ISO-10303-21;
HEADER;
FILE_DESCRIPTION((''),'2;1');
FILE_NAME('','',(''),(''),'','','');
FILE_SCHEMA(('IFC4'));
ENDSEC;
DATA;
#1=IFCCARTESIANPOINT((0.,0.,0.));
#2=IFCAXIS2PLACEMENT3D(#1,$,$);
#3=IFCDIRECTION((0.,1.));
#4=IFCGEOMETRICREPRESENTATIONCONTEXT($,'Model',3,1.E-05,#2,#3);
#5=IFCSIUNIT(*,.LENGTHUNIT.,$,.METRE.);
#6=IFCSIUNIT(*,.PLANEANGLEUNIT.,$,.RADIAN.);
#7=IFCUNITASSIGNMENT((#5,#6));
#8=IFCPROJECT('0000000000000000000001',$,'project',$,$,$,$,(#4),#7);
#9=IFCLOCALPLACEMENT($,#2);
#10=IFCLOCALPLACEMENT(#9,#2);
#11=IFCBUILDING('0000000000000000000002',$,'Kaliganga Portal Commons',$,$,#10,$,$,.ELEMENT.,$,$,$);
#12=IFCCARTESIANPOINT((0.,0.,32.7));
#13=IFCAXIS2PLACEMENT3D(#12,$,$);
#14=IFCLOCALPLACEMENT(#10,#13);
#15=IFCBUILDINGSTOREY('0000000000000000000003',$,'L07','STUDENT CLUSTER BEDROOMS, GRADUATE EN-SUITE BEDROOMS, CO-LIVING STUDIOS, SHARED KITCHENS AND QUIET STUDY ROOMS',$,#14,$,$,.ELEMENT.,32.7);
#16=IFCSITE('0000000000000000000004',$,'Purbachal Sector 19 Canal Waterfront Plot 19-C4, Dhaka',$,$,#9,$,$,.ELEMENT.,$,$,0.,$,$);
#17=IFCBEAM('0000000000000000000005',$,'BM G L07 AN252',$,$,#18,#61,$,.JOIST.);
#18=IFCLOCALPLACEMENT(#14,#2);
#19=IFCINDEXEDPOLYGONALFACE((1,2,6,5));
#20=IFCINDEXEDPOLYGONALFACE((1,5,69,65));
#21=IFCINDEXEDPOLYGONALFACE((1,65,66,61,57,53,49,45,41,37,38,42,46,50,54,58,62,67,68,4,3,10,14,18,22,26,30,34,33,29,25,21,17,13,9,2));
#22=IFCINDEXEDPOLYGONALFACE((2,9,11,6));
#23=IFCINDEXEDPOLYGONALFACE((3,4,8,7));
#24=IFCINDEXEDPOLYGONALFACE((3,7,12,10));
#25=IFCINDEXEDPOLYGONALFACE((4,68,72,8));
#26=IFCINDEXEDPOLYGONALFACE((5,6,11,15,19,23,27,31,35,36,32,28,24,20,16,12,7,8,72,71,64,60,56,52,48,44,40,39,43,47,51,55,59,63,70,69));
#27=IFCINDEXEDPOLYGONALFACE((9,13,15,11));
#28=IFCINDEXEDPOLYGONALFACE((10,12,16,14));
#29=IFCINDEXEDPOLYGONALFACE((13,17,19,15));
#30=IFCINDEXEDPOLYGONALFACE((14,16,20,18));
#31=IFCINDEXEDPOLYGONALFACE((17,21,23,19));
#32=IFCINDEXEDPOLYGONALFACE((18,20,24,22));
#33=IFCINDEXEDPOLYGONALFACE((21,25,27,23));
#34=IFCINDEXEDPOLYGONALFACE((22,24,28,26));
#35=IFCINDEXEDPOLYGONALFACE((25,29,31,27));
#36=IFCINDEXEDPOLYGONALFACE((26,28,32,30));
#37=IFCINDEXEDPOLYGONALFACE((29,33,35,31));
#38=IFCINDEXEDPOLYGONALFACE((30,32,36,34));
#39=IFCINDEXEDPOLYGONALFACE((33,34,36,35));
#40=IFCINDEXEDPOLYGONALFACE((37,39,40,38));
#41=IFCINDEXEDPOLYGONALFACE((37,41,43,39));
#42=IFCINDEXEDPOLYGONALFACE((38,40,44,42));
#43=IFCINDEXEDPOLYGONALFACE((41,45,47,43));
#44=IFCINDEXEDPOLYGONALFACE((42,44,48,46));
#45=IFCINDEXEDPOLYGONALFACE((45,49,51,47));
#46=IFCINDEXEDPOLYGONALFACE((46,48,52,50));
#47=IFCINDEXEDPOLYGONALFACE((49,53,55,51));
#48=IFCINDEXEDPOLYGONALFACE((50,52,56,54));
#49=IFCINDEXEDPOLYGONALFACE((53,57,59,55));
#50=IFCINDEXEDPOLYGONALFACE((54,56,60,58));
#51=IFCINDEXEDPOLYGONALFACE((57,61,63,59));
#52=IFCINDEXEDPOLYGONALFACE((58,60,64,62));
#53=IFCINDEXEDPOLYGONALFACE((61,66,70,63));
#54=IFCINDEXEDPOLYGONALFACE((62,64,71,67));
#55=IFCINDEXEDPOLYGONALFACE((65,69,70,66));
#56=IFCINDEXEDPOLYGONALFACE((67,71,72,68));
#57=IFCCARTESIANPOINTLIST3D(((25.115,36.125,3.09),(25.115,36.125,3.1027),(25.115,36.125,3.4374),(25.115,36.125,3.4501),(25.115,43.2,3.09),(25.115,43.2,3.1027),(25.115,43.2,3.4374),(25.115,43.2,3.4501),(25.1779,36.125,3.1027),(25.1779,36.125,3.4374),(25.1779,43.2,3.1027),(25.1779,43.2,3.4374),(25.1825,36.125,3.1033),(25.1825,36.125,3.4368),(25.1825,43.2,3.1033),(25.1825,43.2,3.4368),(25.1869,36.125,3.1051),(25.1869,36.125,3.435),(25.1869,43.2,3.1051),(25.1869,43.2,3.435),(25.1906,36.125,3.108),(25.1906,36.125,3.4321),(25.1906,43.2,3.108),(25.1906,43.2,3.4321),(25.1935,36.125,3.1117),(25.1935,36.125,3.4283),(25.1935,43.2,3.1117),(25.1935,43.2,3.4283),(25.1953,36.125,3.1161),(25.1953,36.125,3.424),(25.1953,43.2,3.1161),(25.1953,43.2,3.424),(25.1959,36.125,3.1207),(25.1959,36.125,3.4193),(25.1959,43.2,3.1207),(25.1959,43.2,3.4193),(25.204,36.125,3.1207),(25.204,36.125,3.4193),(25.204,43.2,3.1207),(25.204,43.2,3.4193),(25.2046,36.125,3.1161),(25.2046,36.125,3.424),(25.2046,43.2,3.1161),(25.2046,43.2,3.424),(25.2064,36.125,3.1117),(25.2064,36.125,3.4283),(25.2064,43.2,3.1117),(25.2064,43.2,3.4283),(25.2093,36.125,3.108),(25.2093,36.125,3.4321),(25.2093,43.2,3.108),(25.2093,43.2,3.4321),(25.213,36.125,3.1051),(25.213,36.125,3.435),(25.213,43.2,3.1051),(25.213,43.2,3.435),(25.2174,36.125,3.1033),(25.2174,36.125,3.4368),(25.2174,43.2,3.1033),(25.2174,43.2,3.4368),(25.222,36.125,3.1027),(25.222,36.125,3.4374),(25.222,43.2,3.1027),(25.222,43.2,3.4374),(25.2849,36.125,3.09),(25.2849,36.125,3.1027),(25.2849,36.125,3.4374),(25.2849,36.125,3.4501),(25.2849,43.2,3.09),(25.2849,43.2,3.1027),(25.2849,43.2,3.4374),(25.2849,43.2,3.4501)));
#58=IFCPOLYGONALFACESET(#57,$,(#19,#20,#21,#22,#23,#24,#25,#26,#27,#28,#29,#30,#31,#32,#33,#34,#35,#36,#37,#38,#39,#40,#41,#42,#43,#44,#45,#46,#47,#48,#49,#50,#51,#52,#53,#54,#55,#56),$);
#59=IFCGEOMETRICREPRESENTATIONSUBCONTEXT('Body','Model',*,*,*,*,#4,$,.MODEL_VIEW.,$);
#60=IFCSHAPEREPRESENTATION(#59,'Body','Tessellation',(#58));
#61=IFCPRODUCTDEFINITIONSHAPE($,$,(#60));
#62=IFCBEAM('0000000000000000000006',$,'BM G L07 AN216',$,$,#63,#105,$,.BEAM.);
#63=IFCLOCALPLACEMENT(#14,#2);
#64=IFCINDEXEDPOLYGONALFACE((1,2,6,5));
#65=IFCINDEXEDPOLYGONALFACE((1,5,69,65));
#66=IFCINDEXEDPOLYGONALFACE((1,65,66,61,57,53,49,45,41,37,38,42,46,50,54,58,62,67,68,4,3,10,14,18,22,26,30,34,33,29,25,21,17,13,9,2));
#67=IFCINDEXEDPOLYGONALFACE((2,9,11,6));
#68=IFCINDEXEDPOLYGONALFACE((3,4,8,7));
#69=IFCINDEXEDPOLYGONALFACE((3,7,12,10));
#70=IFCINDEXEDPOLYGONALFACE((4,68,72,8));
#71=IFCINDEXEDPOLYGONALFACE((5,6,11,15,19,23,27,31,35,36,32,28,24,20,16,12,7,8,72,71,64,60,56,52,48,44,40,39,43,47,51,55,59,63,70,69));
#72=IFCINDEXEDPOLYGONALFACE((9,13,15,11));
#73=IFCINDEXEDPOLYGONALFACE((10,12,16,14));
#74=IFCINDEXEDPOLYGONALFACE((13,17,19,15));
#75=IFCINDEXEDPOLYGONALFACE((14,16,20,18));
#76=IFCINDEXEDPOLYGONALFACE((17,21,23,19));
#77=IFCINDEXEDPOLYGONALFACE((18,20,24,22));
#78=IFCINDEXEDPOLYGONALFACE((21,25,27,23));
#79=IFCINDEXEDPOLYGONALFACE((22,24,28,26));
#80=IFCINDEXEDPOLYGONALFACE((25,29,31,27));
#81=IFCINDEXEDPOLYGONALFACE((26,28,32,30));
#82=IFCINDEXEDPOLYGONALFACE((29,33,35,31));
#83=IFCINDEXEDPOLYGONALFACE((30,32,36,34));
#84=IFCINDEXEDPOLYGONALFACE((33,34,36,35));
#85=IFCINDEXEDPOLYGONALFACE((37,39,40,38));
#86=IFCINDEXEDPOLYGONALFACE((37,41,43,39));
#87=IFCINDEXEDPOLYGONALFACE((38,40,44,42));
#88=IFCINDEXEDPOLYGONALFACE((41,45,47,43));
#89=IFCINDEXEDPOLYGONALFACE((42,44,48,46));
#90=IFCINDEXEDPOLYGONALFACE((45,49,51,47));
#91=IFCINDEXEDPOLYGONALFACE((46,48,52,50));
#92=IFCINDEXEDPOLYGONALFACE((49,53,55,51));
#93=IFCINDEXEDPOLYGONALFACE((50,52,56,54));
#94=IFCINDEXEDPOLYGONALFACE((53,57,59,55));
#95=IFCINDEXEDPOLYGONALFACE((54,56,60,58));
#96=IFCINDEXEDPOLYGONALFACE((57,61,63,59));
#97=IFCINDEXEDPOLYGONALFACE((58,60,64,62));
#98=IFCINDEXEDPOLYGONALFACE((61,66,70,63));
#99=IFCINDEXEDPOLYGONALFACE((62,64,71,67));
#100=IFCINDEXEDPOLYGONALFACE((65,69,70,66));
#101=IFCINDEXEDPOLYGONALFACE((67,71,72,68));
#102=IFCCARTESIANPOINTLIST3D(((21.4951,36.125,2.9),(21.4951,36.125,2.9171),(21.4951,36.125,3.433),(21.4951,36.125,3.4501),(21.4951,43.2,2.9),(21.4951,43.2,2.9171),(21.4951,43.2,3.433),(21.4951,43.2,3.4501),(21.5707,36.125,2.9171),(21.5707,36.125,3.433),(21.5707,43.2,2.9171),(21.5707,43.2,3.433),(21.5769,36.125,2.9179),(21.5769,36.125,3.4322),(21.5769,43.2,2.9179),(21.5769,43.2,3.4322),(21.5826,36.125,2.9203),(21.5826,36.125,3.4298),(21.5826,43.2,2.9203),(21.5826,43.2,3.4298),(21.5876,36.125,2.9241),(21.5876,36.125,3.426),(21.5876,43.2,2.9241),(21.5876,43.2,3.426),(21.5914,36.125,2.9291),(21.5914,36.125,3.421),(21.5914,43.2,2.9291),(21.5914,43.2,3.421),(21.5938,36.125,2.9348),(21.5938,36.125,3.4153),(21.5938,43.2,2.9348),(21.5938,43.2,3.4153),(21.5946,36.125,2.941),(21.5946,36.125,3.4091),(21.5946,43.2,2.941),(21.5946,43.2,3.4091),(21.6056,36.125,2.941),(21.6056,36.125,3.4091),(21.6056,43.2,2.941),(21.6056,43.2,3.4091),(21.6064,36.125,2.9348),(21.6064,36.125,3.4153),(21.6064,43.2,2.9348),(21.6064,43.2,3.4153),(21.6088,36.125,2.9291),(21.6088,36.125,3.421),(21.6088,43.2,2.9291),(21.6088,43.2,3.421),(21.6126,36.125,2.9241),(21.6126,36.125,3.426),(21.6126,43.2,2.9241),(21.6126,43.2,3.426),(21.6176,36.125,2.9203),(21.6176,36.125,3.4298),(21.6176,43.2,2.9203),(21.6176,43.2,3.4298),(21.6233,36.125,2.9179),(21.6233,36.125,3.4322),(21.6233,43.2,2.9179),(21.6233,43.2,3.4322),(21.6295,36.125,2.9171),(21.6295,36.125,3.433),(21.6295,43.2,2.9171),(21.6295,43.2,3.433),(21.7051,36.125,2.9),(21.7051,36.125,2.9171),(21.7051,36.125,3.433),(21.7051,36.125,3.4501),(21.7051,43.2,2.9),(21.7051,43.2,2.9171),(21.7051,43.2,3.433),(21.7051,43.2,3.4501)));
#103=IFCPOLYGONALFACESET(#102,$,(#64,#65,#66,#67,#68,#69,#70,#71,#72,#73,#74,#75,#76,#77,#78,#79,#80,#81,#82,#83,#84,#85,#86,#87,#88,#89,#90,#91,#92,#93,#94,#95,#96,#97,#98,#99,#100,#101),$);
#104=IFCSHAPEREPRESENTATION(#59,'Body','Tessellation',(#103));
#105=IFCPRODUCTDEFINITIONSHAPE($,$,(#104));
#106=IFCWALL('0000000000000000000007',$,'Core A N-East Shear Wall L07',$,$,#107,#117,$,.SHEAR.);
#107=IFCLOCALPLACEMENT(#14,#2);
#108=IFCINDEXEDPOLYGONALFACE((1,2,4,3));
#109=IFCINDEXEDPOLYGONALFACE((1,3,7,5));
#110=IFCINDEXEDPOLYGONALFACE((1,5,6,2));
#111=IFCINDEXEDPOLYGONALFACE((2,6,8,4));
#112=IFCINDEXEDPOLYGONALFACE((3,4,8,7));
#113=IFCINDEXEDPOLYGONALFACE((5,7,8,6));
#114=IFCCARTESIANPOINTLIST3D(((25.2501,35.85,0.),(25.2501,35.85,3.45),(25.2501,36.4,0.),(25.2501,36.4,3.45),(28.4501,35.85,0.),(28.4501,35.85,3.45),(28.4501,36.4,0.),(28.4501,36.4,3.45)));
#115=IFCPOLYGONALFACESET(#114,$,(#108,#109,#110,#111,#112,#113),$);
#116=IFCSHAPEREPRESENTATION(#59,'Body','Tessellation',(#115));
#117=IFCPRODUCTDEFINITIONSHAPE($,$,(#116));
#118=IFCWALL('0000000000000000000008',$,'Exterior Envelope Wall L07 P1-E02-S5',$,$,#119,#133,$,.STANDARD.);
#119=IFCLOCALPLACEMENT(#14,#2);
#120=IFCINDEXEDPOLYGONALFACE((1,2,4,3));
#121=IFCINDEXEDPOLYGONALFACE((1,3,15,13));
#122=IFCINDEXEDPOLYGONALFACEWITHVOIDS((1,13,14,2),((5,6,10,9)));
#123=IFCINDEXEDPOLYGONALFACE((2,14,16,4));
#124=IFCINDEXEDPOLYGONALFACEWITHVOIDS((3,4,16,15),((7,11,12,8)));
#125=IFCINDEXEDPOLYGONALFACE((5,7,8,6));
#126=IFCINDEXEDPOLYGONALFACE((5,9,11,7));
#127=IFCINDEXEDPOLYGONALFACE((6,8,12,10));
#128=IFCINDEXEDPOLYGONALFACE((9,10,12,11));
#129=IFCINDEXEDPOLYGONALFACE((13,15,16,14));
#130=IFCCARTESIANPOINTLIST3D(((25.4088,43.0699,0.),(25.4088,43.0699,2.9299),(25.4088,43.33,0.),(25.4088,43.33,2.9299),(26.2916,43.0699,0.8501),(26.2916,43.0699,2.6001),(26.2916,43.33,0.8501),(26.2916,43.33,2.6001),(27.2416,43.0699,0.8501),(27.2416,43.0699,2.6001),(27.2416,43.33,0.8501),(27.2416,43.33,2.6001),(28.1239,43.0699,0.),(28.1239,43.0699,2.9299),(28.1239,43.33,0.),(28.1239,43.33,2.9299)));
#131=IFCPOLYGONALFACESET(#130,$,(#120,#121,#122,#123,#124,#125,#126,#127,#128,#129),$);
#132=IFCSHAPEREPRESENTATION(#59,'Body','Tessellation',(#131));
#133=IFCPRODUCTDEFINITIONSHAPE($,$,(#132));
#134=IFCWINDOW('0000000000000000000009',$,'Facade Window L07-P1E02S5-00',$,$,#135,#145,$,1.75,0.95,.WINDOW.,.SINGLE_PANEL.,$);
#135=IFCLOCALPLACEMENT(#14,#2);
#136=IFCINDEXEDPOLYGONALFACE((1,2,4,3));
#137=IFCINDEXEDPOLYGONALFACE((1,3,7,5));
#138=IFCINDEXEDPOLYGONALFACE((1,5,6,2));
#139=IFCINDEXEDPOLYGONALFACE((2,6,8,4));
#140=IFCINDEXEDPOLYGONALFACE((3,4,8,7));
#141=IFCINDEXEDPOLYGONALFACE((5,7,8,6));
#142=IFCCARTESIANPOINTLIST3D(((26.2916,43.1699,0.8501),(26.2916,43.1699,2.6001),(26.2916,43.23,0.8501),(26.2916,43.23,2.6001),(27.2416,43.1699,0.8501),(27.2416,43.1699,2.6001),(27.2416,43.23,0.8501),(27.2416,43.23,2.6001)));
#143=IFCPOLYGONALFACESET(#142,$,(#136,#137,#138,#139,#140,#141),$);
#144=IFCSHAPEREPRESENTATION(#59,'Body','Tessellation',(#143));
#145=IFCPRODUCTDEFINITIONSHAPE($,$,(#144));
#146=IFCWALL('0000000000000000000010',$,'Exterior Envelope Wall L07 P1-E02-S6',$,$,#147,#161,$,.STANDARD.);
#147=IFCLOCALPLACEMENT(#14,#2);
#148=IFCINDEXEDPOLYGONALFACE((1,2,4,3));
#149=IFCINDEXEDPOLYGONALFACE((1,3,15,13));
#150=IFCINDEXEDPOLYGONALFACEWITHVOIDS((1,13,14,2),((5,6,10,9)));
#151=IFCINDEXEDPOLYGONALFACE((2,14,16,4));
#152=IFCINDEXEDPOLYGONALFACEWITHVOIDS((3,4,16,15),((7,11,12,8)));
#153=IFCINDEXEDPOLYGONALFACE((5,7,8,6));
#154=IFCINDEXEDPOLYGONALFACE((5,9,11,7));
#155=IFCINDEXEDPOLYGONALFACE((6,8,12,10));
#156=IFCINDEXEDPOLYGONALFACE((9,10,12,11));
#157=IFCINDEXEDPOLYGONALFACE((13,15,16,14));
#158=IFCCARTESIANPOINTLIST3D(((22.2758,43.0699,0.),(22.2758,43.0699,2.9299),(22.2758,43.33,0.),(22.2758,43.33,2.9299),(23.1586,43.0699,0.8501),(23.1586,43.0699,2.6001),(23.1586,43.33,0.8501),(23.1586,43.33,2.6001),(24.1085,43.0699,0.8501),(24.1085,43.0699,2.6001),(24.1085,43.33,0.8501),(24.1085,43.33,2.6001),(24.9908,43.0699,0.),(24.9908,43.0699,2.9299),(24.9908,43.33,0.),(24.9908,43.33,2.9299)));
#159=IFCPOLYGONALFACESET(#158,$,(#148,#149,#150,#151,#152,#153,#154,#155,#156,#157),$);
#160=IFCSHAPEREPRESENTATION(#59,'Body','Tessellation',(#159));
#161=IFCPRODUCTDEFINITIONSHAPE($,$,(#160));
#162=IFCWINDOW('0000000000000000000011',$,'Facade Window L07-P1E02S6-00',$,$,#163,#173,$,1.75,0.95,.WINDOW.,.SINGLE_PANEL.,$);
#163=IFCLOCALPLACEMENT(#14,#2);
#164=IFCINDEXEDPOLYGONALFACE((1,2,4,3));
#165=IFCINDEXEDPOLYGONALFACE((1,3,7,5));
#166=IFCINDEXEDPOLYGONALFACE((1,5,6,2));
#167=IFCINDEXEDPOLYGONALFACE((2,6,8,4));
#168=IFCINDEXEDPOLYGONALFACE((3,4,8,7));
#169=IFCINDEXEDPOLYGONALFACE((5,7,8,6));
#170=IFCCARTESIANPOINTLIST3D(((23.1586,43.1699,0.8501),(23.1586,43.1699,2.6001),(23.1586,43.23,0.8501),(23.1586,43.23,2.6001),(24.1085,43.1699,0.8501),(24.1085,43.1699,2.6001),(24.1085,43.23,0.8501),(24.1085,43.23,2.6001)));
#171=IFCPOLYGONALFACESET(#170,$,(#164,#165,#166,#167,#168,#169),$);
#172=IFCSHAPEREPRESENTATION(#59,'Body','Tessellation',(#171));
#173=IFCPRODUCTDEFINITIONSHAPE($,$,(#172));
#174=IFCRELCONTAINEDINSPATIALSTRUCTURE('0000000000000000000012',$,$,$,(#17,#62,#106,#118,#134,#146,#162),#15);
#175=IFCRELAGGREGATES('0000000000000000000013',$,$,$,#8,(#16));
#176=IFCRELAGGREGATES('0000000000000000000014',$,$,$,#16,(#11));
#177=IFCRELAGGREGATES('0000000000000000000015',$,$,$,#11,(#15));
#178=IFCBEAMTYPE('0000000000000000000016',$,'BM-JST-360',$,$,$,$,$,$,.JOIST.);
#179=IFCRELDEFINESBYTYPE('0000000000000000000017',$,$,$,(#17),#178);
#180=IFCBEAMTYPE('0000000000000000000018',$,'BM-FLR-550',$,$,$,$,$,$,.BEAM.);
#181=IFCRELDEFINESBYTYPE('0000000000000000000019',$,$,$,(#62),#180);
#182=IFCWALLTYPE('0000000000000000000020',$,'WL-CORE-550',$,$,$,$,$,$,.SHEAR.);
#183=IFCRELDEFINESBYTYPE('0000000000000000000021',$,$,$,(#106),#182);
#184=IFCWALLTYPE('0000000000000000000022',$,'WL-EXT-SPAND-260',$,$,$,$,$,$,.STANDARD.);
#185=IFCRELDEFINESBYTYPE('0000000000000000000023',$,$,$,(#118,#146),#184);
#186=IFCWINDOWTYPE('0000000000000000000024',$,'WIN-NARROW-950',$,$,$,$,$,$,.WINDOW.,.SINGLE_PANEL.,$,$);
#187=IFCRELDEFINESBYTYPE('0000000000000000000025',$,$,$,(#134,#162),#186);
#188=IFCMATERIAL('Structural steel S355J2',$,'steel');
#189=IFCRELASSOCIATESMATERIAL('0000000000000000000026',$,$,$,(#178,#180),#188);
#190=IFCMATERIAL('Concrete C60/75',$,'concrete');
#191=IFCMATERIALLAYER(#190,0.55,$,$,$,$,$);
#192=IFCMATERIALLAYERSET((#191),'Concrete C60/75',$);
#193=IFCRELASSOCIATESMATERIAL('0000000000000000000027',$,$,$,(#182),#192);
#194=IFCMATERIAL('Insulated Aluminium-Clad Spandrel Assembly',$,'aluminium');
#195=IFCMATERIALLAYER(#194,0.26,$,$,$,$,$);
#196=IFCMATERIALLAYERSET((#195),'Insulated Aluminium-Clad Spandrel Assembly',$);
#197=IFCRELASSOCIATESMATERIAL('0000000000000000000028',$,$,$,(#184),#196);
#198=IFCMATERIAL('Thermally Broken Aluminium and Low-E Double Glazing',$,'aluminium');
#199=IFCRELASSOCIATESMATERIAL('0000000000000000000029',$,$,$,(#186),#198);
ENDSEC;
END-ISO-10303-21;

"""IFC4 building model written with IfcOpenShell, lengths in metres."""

from ifc_helpers import new_model, si_unit, direction, frame, frame_2d, origin, origin_2d, place, context, subcontext, project, spatial, rectangle, i_section, extrude, source, transform, mapped, material, layer, layer_set, material_profile, profile_set, type_object, element, fill, save


model = new_model("IFC4")

# Units and contexts
model_context = context("Model", 3, precision=1e-05, world=origin(), true_north=direction((0.0, 1.0)))
body_context = subcontext(model_context, "Body", "Model", "MODEL_VIEW")
ifc_project = project(units=[si_unit("LENGTHUNIT", "METRE"), si_unit("PLANEANGLEUNIT", "RADIAN")], contexts=[model_context])

# Site, building, storey
site_placement = place(None, origin())
site = spatial("IfcSite", under=ifc_project, at=site_placement, Name="Purbachal Sector 19 Canal Waterfront Plot 19-C4, Dhaka", CompositionType="ELEMENT", RefElevation=0.0)
building_placement = place(site_placement, origin())
building = spatial("IfcBuilding", under=site, at=building_placement, Name="Kaliganga Portal Commons", CompositionType="ELEMENT")
storey_placement = place(building_placement, frame((0.0, 0.0, 32.7)))
storey = spatial("IfcBuildingStorey", under=building, at=storey_placement, Name="L07", Description="STUDENT CLUSTER BEDROOMS, GRADUATE EN-SUITE BEDROOMS, CO-LIVING STUDIOS, SHARED KITCHENS AND QUIET STUDY ROOMS", CompositionType="ELEMENT", Elevation=32.7)

# Beams
ifc_material_1 = material(Name="Structural steel S355J2", Category="steel")
ifc_material_profile_1 = material_profile(ifc_material_1, i_section(OverallWidth=0.1699, OverallDepth=0.3601, WebThickness=0.0081, FlangeThickness=0.0127, FilletRadius=0.0181, at=origin_2d()), Name="IPE 360")
ifc_profile_set_1 = profile_set([ifc_material_profile_1], Name="Structural steel S355J2 wide-flange")
beam_type_1 = type_object("IfcBeamType", Name="BM-JST-360", PredefinedType="JOIST", material=ifc_profile_set_1)
shared_shape_1 = source(origin(), body_context, "Body", "SweptSolid", [
    extrude(i_section(OverallWidth=0.1699, OverallDepth=0.3601, WebThickness=0.0081, FlangeThickness=0.0127, FilletRadius=0.0181, at=origin_2d()), origin(), (0.0, 0.0, 1.0), 7.075),
])
beam_1_placement = place(storey_placement, frame((25.2, 36.125, 3.27), z_axis=(0.0, 1.0, 0.0), x_axis=(-1.0, 0.0, 0.0)))
element("IfcBeam", 1, at=beam_1_placement, inside=storey, type_object=beam_type_1, Name="BM G L07 AN252", PredefinedType="JOIST", context=body_context, shape_type="MappedRepresentation", body=[
    mapped(shared_shape_1, transform((0.0, 0.0, 0.0), x_axis=(1.0, 0.0, 0.0), y_axis=(0.0, 1.0, 0.0), z_axis=(0.0, 0.0, 1.0), scale=1.0)),
])
ifc_material_profile_2 = material_profile(ifc_material_1, i_section(OverallWidth=0.21, OverallDepth=0.55, WebThickness=0.011, FlangeThickness=0.0171, FilletRadius=0.0239, at=origin_2d()), Name="IPE 550")
ifc_profile_set_2 = profile_set([ifc_material_profile_2], Name="Structural steel S355J2 wide-flange")
beam_type_2 = type_object("IfcBeamType", Name="BM-FLR-550", PredefinedType="BEAM", material=ifc_profile_set_2)
shared_shape_2 = source(origin(), body_context, "Body", "SweptSolid", [
    extrude(i_section(OverallWidth=0.21, OverallDepth=0.55, WebThickness=0.011, FlangeThickness=0.0171, FilletRadius=0.0239, at=origin_2d()), origin(), (0.0, 0.0, 1.0), 7.075),
])
beam_2_placement = place(storey_placement, frame((21.6001, 36.125, 3.175), z_axis=(0.0, 1.0, 0.0), x_axis=(-1.0, 0.0, 0.0)))
element("IfcBeam", 2, at=beam_2_placement, inside=storey, type_object=beam_type_2, Name="BM G L07 AN216", PredefinedType="BEAM", context=body_context, shape_type="MappedRepresentation", body=[
    mapped(shared_shape_2, transform((0.0, 0.0, 0.0), x_axis=(1.0, 0.0, 0.0), y_axis=(0.0, 1.0, 0.0), z_axis=(0.0, 0.0, 1.0), scale=1.0)),
])

# Wall
ifc_material_2 = material(Name="Concrete C60/75", Category="concrete")
ifc_layer_1 = layer(ifc_material_2, 0.55)
ifc_layer_set_1 = layer_set([ifc_layer_1], Name="Concrete C60/75")
wall_type_1 = type_object("IfcWallType", Name="WL-CORE-550", PredefinedType="SHEAR", material=ifc_layer_set_1)
wall_1_placement = place(storey_placement, frame((25.25, 36.125, 0.0), z_axis=(0.0, 0.0, 1.0), x_axis=(1.0, 0.0, 0.0)))
element("IfcWall", 3, at=wall_1_placement, inside=storey, type_object=wall_type_1, Name="Core A N-East Shear Wall L07", PredefinedType="SHEAR", context=body_context, shape_type="SweptSolid", body=[
    extrude(rectangle(XDim=3.2, YDim=0.55, at=frame_2d((1.6001, 0.0))), origin(), (0.0, 0.0, 1.0), 3.45),
])

# Walls, openings, windows
ifc_material_3 = material(Name="Insulated Aluminium-Clad Spandrel Assembly", Category="aluminium")
ifc_layer_2 = layer(ifc_material_3, 0.26)
ifc_layer_set_2 = layer_set([ifc_layer_2], Name="Insulated Aluminium-Clad Spandrel Assembly")
wall_type_2 = type_object("IfcWallType", Name="WL-EXT-SPAND-260", PredefinedType="STANDARD", material=ifc_layer_set_2)
wall_2_placement = place(storey_placement, frame((25.4089, 43.2, 0.0), z_axis=(0.0, 0.0, 1.0), x_axis=(1.0, 0.0, 0.0)))
wall_2 = element("IfcWall", 4, at=wall_2_placement, inside=storey, type_object=wall_type_2, Name="Exterior Envelope Wall L07 P1-E02-S5", PredefinedType="STANDARD", context=body_context, shape_type="SweptSolid", body=[
    extrude(rectangle(XDim=2.7151, YDim=0.26, at=frame_2d((1.3574, 0.0))), origin(), (0.0, 0.0, 1.0), 2.9299),
])
opening_1_placement = place(wall_2_placement, frame((0.8826, 0.0, 0.8501)))
opening_1 = element("IfcOpeningElement", 5, at=opening_1_placement, cuts=wall_2, PredefinedType="OPENING", context=body_context, shape_type="SweptSolid", body=[
    extrude(rectangle(XDim=0.95, YDim=1.75, at=frame_2d((0.4751, 0.875))), frame((0.0, 0.1401, 0.0), z_axis=(0.0, -1.0, 0.0), x_axis=(1.0, 0.0, 0.0)), (0.0, 0.0, 1.0), 0.28),
])
ifc_material_4 = material(Name="Thermally Broken Aluminium and Low-E Double Glazing", Category="aluminium")
window_type = type_object("IfcWindowType", Name="WIN-NARROW-950", PartitioningType="SINGLE_PANEL", PredefinedType="WINDOW", material=ifc_material_4)
window_1_placement = place(opening_1_placement, origin())
window_1 = element("IfcWindow", 6, at=window_1_placement, inside=storey, type_object=window_type, Name="Facade Window L07-P1E02S5-00", OverallHeight=1.75, OverallWidth=0.95, PartitioningType="SINGLE_PANEL", PredefinedType="WINDOW", context=body_context, shape_type="SweptSolid", body=[
    extrude(rectangle(XDim=0.95, YDim=1.75, at=frame_2d((0.4751, 0.875))), frame((0.0, 0.03, 0.0), z_axis=(0.0, -1.0, 0.0), x_axis=(1.0, 0.0, 0.0)), (0.0, 0.0, 1.0), 0.0601),
])
fill(opening_1, window_1)
wall_3_placement = place(storey_placement, frame((22.2759, 43.2, 0.0), z_axis=(0.0, 0.0, 1.0), x_axis=(1.0, 0.0, 0.0)))
wall_3 = element("IfcWall", 7, at=wall_3_placement, inside=storey, type_object=wall_type_2, Name="Exterior Envelope Wall L07 P1-E02-S6", PredefinedType="STANDARD", context=body_context, shape_type="SweptSolid", body=[
    extrude(rectangle(XDim=2.7151, YDim=0.26, at=frame_2d((1.3574, 0.0))), origin(), (0.0, 0.0, 1.0), 2.9299),
])
opening_2_placement = place(wall_3_placement, frame((0.8826, 0.0, 0.8501)))
opening_2 = element("IfcOpeningElement", 8, at=opening_2_placement, cuts=wall_3, PredefinedType="OPENING", context=body_context, shape_type="SweptSolid", body=[
    extrude(rectangle(XDim=0.95, YDim=1.75, at=frame_2d((0.4751, 0.875))), frame((0.0, 0.1401, 0.0), z_axis=(0.0, -1.0, 0.0), x_axis=(1.0, 0.0, 0.0)), (0.0, 0.0, 1.0), 0.28),
])
window_2_placement = place(opening_2_placement, origin())
window_2 = element("IfcWindow", 9, at=window_2_placement, inside=storey, type_object=window_type, Name="Facade Window L07-P1E02S6-00", OverallHeight=1.75, OverallWidth=0.95, PartitioningType="SINGLE_PANEL", PredefinedType="WINDOW", context=body_context, shape_type="SweptSolid", body=[
    extrude(rectangle(XDim=0.95, YDim=1.75, at=frame_2d((0.4751, 0.875))), frame((0.0, 0.03, 0.0), z_axis=(0.0, -1.0, 0.0), x_axis=(1.0, 0.0, 0.0)), (0.0, 0.0, 1.0), 0.0601),
])
fill(opening_2, window_2)

save(model, "model.ifc")
